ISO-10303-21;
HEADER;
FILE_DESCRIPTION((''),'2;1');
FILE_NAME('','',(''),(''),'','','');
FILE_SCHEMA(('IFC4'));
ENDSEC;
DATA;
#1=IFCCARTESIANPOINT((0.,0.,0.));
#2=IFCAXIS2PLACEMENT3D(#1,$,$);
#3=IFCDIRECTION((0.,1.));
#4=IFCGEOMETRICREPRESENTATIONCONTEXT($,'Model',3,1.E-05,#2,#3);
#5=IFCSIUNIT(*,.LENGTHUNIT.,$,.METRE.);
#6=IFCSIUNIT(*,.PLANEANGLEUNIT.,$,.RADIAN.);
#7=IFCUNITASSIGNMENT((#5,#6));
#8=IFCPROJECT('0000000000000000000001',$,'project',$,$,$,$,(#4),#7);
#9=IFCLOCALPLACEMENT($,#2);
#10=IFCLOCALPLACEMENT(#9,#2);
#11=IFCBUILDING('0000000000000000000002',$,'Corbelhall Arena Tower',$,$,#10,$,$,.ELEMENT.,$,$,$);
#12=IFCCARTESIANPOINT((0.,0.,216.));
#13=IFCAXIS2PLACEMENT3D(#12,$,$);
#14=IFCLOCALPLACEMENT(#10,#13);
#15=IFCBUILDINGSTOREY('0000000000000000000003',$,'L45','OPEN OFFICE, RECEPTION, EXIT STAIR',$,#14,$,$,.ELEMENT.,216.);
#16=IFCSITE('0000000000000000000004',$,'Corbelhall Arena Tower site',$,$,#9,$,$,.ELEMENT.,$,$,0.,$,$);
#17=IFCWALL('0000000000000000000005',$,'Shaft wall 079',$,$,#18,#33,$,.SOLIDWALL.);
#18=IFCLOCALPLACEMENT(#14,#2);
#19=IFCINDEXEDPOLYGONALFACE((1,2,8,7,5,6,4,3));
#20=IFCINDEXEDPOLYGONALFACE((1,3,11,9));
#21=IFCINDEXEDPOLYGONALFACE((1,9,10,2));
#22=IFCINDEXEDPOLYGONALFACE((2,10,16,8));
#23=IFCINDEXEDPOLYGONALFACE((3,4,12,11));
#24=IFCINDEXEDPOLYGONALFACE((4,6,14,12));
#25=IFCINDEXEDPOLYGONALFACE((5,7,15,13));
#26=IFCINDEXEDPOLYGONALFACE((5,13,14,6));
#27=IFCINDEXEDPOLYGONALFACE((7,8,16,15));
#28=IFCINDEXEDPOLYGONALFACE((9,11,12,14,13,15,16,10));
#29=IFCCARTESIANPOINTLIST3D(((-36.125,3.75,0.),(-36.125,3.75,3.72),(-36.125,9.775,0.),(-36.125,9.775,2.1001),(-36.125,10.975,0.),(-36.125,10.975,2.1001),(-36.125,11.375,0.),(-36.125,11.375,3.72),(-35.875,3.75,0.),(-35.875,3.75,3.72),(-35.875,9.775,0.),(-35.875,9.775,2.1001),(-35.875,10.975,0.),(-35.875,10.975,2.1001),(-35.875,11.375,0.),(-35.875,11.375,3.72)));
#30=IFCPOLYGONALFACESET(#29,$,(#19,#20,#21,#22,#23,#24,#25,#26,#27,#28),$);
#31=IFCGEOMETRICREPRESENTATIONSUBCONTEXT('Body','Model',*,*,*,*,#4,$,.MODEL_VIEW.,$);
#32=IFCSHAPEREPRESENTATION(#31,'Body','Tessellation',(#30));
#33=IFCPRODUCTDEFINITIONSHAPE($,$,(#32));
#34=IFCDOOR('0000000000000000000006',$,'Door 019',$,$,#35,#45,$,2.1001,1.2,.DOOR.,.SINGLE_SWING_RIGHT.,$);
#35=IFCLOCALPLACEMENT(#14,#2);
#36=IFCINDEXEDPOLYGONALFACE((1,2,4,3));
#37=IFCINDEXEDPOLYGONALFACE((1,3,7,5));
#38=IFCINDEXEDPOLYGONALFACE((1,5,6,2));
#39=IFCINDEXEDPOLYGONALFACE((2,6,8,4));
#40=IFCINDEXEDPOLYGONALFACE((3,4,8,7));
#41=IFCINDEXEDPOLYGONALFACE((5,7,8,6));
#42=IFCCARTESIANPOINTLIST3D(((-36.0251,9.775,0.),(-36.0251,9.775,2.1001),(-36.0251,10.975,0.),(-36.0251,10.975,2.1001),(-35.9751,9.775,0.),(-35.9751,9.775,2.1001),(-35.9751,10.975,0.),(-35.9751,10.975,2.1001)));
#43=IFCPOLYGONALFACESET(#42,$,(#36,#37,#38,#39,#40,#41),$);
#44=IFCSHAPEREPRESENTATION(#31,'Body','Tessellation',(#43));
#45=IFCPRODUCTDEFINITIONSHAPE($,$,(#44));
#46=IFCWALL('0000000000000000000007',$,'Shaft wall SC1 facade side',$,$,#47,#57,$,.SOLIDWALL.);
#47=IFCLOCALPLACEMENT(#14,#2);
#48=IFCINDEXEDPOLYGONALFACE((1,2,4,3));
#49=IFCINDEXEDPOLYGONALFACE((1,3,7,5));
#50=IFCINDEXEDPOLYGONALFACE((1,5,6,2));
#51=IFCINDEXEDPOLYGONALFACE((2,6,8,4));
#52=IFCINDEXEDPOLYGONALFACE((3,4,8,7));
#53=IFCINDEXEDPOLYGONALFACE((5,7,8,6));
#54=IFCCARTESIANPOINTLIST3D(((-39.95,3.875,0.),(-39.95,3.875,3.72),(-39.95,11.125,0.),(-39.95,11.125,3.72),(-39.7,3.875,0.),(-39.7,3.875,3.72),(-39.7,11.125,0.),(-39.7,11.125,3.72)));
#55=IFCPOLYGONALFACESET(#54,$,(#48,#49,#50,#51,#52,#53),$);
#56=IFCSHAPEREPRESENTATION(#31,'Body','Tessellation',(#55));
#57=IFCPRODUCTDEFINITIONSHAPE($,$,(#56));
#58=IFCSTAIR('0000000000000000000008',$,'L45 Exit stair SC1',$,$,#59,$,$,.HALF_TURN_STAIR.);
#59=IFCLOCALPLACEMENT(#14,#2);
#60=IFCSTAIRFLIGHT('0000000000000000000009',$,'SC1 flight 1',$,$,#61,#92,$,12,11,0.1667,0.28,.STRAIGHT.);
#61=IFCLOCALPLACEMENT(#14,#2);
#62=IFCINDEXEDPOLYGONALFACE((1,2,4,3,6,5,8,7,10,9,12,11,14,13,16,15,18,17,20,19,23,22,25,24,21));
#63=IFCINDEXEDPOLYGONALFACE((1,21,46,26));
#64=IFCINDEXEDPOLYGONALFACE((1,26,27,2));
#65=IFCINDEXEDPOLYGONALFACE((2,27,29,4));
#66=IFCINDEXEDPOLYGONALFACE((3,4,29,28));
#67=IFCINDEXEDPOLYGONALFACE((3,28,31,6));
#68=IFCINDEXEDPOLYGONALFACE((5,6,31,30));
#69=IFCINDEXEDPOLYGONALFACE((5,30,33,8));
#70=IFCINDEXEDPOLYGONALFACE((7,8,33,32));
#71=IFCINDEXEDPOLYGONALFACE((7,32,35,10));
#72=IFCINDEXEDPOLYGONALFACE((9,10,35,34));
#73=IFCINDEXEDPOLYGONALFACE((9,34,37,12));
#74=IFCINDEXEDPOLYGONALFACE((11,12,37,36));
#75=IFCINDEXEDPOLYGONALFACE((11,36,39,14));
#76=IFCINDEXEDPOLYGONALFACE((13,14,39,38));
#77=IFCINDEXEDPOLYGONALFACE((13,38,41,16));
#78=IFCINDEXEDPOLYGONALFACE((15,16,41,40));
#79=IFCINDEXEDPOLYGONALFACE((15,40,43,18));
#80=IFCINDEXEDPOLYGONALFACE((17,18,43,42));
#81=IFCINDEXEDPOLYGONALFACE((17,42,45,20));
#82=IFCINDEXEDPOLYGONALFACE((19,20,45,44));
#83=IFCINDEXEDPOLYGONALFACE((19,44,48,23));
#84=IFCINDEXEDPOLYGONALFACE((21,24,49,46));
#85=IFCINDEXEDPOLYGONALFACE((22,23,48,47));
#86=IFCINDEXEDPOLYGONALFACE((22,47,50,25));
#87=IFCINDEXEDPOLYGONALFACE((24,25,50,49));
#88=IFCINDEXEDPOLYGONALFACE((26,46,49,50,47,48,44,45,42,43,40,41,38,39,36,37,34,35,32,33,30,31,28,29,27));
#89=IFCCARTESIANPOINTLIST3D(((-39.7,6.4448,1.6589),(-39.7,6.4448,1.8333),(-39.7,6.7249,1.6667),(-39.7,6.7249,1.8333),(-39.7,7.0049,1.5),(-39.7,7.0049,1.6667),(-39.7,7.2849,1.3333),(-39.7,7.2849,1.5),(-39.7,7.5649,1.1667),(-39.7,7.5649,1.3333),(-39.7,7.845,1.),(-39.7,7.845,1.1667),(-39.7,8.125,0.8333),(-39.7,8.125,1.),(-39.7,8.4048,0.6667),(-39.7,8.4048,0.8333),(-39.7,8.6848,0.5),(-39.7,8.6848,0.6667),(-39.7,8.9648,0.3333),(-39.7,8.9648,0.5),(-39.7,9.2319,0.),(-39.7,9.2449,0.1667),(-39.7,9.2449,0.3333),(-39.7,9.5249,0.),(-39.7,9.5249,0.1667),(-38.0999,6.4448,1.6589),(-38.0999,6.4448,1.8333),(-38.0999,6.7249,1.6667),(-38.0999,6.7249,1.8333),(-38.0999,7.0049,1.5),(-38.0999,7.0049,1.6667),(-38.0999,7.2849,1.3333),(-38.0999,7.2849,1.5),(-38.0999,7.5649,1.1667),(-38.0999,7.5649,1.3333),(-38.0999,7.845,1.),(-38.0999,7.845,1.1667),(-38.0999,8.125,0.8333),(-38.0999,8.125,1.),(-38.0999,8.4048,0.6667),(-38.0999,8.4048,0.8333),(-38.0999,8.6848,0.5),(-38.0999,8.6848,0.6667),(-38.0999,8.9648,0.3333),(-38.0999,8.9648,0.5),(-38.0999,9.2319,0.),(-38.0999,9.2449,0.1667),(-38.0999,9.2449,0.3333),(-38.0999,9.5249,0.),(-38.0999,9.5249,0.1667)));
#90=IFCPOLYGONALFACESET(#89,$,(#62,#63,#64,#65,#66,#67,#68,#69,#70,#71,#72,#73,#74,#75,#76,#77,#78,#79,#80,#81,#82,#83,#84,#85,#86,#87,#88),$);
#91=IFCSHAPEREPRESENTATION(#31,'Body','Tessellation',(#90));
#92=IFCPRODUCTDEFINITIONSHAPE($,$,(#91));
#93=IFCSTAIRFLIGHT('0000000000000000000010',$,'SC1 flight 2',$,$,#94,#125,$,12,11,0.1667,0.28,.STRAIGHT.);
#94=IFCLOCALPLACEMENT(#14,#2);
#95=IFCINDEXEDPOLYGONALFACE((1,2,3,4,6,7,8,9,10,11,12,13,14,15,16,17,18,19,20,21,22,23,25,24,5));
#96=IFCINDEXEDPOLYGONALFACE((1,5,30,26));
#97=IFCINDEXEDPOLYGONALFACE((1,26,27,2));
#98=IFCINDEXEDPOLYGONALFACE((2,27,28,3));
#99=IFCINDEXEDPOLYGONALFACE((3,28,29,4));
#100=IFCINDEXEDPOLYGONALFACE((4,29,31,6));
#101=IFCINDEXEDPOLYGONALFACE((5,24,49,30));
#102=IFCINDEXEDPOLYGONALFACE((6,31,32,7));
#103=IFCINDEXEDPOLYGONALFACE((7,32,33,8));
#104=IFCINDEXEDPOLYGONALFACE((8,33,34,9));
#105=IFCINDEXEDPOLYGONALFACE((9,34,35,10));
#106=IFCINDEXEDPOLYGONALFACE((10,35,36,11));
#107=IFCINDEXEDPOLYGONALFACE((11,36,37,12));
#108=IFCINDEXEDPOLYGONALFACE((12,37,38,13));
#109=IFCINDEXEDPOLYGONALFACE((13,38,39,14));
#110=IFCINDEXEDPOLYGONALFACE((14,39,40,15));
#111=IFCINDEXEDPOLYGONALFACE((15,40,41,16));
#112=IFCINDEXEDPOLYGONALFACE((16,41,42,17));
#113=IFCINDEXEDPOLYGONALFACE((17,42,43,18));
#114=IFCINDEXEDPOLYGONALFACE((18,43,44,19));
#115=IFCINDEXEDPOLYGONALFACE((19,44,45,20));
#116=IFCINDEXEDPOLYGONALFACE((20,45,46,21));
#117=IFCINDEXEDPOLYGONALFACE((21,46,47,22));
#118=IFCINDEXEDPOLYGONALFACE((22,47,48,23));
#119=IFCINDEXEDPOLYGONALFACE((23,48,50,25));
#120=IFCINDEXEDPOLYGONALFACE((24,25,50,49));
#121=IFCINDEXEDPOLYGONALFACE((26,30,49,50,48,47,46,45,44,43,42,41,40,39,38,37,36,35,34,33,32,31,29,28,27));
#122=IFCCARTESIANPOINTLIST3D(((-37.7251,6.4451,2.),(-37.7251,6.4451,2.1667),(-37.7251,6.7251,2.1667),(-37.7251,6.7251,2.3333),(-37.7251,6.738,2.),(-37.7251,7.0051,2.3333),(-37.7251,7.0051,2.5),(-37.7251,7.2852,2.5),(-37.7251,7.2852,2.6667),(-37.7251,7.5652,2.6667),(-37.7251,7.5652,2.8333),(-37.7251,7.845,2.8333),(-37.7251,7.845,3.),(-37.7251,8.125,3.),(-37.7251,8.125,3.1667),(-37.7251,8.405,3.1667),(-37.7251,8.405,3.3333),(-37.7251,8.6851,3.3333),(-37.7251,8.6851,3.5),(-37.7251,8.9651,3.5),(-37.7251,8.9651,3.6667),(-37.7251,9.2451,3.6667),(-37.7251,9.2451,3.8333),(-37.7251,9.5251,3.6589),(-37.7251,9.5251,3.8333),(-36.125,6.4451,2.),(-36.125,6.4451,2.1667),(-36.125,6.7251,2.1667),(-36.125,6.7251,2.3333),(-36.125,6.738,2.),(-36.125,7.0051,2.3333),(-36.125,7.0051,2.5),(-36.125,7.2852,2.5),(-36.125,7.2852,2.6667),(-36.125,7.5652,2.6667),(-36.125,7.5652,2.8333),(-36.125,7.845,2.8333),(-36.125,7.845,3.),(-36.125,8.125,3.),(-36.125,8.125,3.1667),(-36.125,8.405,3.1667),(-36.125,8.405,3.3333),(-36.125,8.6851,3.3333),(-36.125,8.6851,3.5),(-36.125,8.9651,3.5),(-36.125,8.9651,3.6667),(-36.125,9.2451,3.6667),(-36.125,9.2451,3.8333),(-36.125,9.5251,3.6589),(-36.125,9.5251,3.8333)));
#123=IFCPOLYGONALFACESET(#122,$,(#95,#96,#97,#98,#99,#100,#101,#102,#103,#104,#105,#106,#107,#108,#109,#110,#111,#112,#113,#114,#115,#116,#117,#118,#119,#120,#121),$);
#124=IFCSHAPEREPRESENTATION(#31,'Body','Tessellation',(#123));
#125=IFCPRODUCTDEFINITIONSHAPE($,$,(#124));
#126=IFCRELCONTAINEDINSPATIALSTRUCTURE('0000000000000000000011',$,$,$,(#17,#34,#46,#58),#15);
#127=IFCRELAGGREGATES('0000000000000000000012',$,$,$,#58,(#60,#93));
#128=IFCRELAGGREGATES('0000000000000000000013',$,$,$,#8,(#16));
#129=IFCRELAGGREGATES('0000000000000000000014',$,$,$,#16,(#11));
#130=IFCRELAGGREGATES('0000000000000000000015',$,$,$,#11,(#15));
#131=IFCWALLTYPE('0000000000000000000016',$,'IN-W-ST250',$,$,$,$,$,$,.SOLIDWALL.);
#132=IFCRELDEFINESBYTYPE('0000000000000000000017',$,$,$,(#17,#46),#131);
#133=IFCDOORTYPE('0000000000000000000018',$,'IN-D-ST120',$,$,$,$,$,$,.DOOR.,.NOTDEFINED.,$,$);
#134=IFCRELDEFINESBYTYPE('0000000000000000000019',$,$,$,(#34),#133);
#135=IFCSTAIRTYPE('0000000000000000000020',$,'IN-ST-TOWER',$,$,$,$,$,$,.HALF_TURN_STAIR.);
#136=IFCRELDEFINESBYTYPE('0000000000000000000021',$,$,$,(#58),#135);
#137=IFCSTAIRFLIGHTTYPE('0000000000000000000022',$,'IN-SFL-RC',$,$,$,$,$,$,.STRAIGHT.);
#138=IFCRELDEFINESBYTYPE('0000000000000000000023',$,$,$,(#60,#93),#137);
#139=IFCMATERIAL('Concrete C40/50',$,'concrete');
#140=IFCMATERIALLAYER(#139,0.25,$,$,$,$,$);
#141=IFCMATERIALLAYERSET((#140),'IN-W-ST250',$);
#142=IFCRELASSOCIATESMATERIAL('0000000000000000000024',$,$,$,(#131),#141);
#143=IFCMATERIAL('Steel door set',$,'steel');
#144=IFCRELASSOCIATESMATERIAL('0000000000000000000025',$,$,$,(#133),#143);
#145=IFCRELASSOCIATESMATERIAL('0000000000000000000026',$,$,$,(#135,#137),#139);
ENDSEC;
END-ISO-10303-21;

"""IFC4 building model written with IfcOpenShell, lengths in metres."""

from ifc_helpers import new_model, si_unit, direction, frame, frame_2d, origin, place, context, subcontext, project, spatial, polyline, rectangle, outline, extrude, material, layer, layer_set, type_object, element, fill, aggregate, save


model = new_model("IFC4")

# Units and contexts
model_context = context("Model", 3, precision=1e-05, world=origin(), true_north=direction((0.0, 1.0)))
body_context = subcontext(model_context, "Body", "Model", "MODEL_VIEW")
ifc_project = project(units=[si_unit("LENGTHUNIT", "METRE"), si_unit("PLANEANGLEUNIT", "RADIAN")], contexts=[model_context])

# Site, building, storey
site_placement = place(None, origin())
site = spatial("IfcSite", under=ifc_project, at=site_placement, Name="Corbelhall Arena Tower site", CompositionType="ELEMENT", RefElevation=0.0)
building_placement = place(site_placement, origin())
building = spatial("IfcBuilding", under=site, at=building_placement, Name="Corbelhall Arena Tower", CompositionType="ELEMENT")
storey_placement = place(building_placement, frame((0.0, 0.0, 216.0)))
storey = spatial("IfcBuildingStorey", under=building, at=storey_placement, Name="L45", Description="OPEN OFFICE, RECEPTION, EXIT STAIR", CompositionType="ELEMENT", Elevation=216.0)

# Shared definitions
ifc_material_1 = material(Name="Steel door set", Category="steel")

# Shared definitions
ifc_material_2 = material(Name="Concrete C40/50", Category="concrete")
ifc_layer_1 = layer(ifc_material_2, 0.25)
ifc_layer_set_1 = layer_set([ifc_layer_1], Name="IN-W-ST250")
wall_type_1 = type_object("IfcWallType", Name="IN-W-ST250", PredefinedType="SOLIDWALL", material=ifc_layer_set_1)

# Wall, opening, door
wall_1_placement = place(storey_placement, frame((-36.0, 11.375, 0.0), z_axis=(0.0, 0.0, 1.0), x_axis=(0.0, -1.0, 0.0)))
wall_1 = element("IfcWall", 1, at=wall_1_placement, inside=storey, type_object=wall_type_1, Name="Shaft wall 079", PredefinedType="SOLIDWALL", context=body_context, shape_type="SweptSolid", body=[
    extrude(rectangle(XDim=7.625, YDim=0.25, at=frame_2d((3.8125, 0.0))), origin(), (0.0, 0.0, 1.0), 3.72),
])
opening_1_placement = place(wall_1_placement, frame((0.3999, 0.0, 0.0)))
opening_1 = element("IfcOpeningElement", 2, at=opening_1_placement, cuts=wall_1, PredefinedType="OPENING", context=body_context, shape_type="SweptSolid", body=[
    extrude(rectangle(XDim=1.2, YDim=2.1001, at=frame_2d((0.6001, 1.05))), frame((0.0, 0.125, 0.0), z_axis=(0.0, -1.0, 0.0), x_axis=(1.0, 0.0, 0.0)), (0.0, 0.0, 1.0), 0.25),
])
door_type_1 = type_object("IfcDoorType", Name="IN-D-ST120", OperationType="NOTDEFINED", PredefinedType="DOOR", material=ifc_material_1)
door_1_placement = place(opening_1_placement, origin())
door_1 = element("IfcDoor", 3, at=door_1_placement, inside=storey, type_object=door_type_1, Name="Door 019", OperationType="SINGLE_SWING_RIGHT", OverallHeight=2.1001, OverallWidth=1.2, PredefinedType="DOOR", context=body_context, shape_type="SweptSolid", body=[
    extrude(rectangle(XDim=1.2, YDim=2.1001, at=frame_2d((0.6001, 1.05))), frame((0.0, 0.0249, 0.0), z_axis=(0.0, -1.0, 0.0), x_axis=(1.0, 0.0, 0.0)), (0.0, 0.0, 1.0), 0.05),
])
fill(opening_1, door_1)

# Wall
wall_2_placement = place(storey_placement, frame((-39.825, 3.875, 0.0), z_axis=(0.0, 0.0, 1.0), x_axis=(0.0, 1.0, 0.0)))
element("IfcWall", 4, at=wall_2_placement, inside=storey, type_object=wall_type_1, Name="Shaft wall SC1 facade side", PredefinedType="SOLIDWALL", context=body_context, shape_type="SweptSolid", body=[
    extrude(rectangle(XDim=7.25, YDim=0.25, at=frame_2d((3.625, 0.0))), origin(), (0.0, 0.0, 1.0), 3.72),
])

# Stair, stair flights
stair_type = type_object("IfcStairType", Name="IN-ST-TOWER", PredefinedType="HALF_TURN_STAIR", material=ifc_material_2)
stair_placement = place(storey_placement, origin())
stair = element("IfcStair", 5, at=stair_placement, inside=storey, type_object=stair_type, Name="L45 Exit stair SC1", PredefinedType="HALF_TURN_STAIR")
stair_flight_type = type_object("IfcStairFlightType", Name="IN-SFL-RC", PredefinedType="STRAIGHT", material=ifc_material_2)
stair_flight_1_placement = place(storey_placement, frame((-38.8999, 9.5249, 0.0), z_axis=(0.0, 0.0, 1.0), x_axis=(0.0, -1.0, 0.0)))
stair_flight_1 = element("IfcStairFlight", 6, at=stair_flight_1_placement, type_object=stair_flight_type, Name="SC1 flight 1", NumberOfRisers=12, NumberOfTreads=11, PredefinedType="STRAIGHT", RiserHeight=0.1667, TreadLength=0.28, context=body_context, shape_type="SweptSolid", body=[
    extrude(outline(polyline([(0.0, 0.0), (0.0, 0.1667), (0.28, 0.1667), (0.28, 0.3333), (0.5601, 0.3333), (0.5601, 0.5), (0.8401, 0.5), (0.8401, 0.6667), (1.1201, 0.6667), (1.1201, 0.8333), (1.3999, 0.8333), (1.3999, 1.0), (1.6799, 1.0), (1.6799, 1.1667), (1.96, 1.1667), (1.96, 1.3333), (2.24, 1.3333), (2.24, 1.5), (2.52, 1.5), (2.52, 1.6667), (2.8, 1.6667), (2.8, 1.8333), (3.0801, 1.8333), (3.0801, 2.0), (3.0801, 1.6589), (0.293, 0.0), (0.0, 0.0)])), frame((0.0, 0.8, 0.0), z_axis=(0.0, -1.0, 0.0), x_axis=(1.0, 0.0, 0.0)), (0.0, 0.0, 1.0), 1.6001),
])
stair_flight_2_placement = place(storey_placement, frame((-36.925, 6.4451, 2.0), z_axis=(0.0, 0.0, 1.0), x_axis=(0.0, 1.0, 0.0)))
stair_flight_2 = element("IfcStairFlight", 7, at=stair_flight_2_placement, type_object=stair_flight_type, Name="SC1 flight 2", NumberOfRisers=12, NumberOfTreads=11, PredefinedType="STRAIGHT", RiserHeight=0.1667, TreadLength=0.28, context=body_context, shape_type="SweptSolid", body=[
    extrude(outline(polyline([(0.0, 0.0), (0.0, 0.1667), (0.28, 0.1667), (0.28, 0.3333), (0.5601, 0.3333), (0.5601, 0.5), (0.8401, 0.5), (0.8401, 0.6667), (1.1201, 0.6667), (1.1201, 0.8333), (1.3999, 0.8333), (1.3999, 1.0), (1.6799, 1.0), (1.6799, 1.1667), (1.96, 1.1667), (1.96, 1.3333), (2.24, 1.3333), (2.24, 1.5), (2.52, 1.5), (2.52, 1.6667), (2.8, 1.6667), (2.8, 1.8333), (3.0801, 1.8333), (3.0801, 2.0), (3.0801, 1.6589), (0.293, 0.0), (0.0, 0.0)])), frame((0.0, 0.8, 0.0), z_axis=(0.0, -1.0, 0.0), x_axis=(1.0, 0.0, 0.0)), (0.0, 0.0, 1.0), 1.6001),
])
aggregate(stair, [stair_flight_1, stair_flight_2])

save(model, "model.ifc")
